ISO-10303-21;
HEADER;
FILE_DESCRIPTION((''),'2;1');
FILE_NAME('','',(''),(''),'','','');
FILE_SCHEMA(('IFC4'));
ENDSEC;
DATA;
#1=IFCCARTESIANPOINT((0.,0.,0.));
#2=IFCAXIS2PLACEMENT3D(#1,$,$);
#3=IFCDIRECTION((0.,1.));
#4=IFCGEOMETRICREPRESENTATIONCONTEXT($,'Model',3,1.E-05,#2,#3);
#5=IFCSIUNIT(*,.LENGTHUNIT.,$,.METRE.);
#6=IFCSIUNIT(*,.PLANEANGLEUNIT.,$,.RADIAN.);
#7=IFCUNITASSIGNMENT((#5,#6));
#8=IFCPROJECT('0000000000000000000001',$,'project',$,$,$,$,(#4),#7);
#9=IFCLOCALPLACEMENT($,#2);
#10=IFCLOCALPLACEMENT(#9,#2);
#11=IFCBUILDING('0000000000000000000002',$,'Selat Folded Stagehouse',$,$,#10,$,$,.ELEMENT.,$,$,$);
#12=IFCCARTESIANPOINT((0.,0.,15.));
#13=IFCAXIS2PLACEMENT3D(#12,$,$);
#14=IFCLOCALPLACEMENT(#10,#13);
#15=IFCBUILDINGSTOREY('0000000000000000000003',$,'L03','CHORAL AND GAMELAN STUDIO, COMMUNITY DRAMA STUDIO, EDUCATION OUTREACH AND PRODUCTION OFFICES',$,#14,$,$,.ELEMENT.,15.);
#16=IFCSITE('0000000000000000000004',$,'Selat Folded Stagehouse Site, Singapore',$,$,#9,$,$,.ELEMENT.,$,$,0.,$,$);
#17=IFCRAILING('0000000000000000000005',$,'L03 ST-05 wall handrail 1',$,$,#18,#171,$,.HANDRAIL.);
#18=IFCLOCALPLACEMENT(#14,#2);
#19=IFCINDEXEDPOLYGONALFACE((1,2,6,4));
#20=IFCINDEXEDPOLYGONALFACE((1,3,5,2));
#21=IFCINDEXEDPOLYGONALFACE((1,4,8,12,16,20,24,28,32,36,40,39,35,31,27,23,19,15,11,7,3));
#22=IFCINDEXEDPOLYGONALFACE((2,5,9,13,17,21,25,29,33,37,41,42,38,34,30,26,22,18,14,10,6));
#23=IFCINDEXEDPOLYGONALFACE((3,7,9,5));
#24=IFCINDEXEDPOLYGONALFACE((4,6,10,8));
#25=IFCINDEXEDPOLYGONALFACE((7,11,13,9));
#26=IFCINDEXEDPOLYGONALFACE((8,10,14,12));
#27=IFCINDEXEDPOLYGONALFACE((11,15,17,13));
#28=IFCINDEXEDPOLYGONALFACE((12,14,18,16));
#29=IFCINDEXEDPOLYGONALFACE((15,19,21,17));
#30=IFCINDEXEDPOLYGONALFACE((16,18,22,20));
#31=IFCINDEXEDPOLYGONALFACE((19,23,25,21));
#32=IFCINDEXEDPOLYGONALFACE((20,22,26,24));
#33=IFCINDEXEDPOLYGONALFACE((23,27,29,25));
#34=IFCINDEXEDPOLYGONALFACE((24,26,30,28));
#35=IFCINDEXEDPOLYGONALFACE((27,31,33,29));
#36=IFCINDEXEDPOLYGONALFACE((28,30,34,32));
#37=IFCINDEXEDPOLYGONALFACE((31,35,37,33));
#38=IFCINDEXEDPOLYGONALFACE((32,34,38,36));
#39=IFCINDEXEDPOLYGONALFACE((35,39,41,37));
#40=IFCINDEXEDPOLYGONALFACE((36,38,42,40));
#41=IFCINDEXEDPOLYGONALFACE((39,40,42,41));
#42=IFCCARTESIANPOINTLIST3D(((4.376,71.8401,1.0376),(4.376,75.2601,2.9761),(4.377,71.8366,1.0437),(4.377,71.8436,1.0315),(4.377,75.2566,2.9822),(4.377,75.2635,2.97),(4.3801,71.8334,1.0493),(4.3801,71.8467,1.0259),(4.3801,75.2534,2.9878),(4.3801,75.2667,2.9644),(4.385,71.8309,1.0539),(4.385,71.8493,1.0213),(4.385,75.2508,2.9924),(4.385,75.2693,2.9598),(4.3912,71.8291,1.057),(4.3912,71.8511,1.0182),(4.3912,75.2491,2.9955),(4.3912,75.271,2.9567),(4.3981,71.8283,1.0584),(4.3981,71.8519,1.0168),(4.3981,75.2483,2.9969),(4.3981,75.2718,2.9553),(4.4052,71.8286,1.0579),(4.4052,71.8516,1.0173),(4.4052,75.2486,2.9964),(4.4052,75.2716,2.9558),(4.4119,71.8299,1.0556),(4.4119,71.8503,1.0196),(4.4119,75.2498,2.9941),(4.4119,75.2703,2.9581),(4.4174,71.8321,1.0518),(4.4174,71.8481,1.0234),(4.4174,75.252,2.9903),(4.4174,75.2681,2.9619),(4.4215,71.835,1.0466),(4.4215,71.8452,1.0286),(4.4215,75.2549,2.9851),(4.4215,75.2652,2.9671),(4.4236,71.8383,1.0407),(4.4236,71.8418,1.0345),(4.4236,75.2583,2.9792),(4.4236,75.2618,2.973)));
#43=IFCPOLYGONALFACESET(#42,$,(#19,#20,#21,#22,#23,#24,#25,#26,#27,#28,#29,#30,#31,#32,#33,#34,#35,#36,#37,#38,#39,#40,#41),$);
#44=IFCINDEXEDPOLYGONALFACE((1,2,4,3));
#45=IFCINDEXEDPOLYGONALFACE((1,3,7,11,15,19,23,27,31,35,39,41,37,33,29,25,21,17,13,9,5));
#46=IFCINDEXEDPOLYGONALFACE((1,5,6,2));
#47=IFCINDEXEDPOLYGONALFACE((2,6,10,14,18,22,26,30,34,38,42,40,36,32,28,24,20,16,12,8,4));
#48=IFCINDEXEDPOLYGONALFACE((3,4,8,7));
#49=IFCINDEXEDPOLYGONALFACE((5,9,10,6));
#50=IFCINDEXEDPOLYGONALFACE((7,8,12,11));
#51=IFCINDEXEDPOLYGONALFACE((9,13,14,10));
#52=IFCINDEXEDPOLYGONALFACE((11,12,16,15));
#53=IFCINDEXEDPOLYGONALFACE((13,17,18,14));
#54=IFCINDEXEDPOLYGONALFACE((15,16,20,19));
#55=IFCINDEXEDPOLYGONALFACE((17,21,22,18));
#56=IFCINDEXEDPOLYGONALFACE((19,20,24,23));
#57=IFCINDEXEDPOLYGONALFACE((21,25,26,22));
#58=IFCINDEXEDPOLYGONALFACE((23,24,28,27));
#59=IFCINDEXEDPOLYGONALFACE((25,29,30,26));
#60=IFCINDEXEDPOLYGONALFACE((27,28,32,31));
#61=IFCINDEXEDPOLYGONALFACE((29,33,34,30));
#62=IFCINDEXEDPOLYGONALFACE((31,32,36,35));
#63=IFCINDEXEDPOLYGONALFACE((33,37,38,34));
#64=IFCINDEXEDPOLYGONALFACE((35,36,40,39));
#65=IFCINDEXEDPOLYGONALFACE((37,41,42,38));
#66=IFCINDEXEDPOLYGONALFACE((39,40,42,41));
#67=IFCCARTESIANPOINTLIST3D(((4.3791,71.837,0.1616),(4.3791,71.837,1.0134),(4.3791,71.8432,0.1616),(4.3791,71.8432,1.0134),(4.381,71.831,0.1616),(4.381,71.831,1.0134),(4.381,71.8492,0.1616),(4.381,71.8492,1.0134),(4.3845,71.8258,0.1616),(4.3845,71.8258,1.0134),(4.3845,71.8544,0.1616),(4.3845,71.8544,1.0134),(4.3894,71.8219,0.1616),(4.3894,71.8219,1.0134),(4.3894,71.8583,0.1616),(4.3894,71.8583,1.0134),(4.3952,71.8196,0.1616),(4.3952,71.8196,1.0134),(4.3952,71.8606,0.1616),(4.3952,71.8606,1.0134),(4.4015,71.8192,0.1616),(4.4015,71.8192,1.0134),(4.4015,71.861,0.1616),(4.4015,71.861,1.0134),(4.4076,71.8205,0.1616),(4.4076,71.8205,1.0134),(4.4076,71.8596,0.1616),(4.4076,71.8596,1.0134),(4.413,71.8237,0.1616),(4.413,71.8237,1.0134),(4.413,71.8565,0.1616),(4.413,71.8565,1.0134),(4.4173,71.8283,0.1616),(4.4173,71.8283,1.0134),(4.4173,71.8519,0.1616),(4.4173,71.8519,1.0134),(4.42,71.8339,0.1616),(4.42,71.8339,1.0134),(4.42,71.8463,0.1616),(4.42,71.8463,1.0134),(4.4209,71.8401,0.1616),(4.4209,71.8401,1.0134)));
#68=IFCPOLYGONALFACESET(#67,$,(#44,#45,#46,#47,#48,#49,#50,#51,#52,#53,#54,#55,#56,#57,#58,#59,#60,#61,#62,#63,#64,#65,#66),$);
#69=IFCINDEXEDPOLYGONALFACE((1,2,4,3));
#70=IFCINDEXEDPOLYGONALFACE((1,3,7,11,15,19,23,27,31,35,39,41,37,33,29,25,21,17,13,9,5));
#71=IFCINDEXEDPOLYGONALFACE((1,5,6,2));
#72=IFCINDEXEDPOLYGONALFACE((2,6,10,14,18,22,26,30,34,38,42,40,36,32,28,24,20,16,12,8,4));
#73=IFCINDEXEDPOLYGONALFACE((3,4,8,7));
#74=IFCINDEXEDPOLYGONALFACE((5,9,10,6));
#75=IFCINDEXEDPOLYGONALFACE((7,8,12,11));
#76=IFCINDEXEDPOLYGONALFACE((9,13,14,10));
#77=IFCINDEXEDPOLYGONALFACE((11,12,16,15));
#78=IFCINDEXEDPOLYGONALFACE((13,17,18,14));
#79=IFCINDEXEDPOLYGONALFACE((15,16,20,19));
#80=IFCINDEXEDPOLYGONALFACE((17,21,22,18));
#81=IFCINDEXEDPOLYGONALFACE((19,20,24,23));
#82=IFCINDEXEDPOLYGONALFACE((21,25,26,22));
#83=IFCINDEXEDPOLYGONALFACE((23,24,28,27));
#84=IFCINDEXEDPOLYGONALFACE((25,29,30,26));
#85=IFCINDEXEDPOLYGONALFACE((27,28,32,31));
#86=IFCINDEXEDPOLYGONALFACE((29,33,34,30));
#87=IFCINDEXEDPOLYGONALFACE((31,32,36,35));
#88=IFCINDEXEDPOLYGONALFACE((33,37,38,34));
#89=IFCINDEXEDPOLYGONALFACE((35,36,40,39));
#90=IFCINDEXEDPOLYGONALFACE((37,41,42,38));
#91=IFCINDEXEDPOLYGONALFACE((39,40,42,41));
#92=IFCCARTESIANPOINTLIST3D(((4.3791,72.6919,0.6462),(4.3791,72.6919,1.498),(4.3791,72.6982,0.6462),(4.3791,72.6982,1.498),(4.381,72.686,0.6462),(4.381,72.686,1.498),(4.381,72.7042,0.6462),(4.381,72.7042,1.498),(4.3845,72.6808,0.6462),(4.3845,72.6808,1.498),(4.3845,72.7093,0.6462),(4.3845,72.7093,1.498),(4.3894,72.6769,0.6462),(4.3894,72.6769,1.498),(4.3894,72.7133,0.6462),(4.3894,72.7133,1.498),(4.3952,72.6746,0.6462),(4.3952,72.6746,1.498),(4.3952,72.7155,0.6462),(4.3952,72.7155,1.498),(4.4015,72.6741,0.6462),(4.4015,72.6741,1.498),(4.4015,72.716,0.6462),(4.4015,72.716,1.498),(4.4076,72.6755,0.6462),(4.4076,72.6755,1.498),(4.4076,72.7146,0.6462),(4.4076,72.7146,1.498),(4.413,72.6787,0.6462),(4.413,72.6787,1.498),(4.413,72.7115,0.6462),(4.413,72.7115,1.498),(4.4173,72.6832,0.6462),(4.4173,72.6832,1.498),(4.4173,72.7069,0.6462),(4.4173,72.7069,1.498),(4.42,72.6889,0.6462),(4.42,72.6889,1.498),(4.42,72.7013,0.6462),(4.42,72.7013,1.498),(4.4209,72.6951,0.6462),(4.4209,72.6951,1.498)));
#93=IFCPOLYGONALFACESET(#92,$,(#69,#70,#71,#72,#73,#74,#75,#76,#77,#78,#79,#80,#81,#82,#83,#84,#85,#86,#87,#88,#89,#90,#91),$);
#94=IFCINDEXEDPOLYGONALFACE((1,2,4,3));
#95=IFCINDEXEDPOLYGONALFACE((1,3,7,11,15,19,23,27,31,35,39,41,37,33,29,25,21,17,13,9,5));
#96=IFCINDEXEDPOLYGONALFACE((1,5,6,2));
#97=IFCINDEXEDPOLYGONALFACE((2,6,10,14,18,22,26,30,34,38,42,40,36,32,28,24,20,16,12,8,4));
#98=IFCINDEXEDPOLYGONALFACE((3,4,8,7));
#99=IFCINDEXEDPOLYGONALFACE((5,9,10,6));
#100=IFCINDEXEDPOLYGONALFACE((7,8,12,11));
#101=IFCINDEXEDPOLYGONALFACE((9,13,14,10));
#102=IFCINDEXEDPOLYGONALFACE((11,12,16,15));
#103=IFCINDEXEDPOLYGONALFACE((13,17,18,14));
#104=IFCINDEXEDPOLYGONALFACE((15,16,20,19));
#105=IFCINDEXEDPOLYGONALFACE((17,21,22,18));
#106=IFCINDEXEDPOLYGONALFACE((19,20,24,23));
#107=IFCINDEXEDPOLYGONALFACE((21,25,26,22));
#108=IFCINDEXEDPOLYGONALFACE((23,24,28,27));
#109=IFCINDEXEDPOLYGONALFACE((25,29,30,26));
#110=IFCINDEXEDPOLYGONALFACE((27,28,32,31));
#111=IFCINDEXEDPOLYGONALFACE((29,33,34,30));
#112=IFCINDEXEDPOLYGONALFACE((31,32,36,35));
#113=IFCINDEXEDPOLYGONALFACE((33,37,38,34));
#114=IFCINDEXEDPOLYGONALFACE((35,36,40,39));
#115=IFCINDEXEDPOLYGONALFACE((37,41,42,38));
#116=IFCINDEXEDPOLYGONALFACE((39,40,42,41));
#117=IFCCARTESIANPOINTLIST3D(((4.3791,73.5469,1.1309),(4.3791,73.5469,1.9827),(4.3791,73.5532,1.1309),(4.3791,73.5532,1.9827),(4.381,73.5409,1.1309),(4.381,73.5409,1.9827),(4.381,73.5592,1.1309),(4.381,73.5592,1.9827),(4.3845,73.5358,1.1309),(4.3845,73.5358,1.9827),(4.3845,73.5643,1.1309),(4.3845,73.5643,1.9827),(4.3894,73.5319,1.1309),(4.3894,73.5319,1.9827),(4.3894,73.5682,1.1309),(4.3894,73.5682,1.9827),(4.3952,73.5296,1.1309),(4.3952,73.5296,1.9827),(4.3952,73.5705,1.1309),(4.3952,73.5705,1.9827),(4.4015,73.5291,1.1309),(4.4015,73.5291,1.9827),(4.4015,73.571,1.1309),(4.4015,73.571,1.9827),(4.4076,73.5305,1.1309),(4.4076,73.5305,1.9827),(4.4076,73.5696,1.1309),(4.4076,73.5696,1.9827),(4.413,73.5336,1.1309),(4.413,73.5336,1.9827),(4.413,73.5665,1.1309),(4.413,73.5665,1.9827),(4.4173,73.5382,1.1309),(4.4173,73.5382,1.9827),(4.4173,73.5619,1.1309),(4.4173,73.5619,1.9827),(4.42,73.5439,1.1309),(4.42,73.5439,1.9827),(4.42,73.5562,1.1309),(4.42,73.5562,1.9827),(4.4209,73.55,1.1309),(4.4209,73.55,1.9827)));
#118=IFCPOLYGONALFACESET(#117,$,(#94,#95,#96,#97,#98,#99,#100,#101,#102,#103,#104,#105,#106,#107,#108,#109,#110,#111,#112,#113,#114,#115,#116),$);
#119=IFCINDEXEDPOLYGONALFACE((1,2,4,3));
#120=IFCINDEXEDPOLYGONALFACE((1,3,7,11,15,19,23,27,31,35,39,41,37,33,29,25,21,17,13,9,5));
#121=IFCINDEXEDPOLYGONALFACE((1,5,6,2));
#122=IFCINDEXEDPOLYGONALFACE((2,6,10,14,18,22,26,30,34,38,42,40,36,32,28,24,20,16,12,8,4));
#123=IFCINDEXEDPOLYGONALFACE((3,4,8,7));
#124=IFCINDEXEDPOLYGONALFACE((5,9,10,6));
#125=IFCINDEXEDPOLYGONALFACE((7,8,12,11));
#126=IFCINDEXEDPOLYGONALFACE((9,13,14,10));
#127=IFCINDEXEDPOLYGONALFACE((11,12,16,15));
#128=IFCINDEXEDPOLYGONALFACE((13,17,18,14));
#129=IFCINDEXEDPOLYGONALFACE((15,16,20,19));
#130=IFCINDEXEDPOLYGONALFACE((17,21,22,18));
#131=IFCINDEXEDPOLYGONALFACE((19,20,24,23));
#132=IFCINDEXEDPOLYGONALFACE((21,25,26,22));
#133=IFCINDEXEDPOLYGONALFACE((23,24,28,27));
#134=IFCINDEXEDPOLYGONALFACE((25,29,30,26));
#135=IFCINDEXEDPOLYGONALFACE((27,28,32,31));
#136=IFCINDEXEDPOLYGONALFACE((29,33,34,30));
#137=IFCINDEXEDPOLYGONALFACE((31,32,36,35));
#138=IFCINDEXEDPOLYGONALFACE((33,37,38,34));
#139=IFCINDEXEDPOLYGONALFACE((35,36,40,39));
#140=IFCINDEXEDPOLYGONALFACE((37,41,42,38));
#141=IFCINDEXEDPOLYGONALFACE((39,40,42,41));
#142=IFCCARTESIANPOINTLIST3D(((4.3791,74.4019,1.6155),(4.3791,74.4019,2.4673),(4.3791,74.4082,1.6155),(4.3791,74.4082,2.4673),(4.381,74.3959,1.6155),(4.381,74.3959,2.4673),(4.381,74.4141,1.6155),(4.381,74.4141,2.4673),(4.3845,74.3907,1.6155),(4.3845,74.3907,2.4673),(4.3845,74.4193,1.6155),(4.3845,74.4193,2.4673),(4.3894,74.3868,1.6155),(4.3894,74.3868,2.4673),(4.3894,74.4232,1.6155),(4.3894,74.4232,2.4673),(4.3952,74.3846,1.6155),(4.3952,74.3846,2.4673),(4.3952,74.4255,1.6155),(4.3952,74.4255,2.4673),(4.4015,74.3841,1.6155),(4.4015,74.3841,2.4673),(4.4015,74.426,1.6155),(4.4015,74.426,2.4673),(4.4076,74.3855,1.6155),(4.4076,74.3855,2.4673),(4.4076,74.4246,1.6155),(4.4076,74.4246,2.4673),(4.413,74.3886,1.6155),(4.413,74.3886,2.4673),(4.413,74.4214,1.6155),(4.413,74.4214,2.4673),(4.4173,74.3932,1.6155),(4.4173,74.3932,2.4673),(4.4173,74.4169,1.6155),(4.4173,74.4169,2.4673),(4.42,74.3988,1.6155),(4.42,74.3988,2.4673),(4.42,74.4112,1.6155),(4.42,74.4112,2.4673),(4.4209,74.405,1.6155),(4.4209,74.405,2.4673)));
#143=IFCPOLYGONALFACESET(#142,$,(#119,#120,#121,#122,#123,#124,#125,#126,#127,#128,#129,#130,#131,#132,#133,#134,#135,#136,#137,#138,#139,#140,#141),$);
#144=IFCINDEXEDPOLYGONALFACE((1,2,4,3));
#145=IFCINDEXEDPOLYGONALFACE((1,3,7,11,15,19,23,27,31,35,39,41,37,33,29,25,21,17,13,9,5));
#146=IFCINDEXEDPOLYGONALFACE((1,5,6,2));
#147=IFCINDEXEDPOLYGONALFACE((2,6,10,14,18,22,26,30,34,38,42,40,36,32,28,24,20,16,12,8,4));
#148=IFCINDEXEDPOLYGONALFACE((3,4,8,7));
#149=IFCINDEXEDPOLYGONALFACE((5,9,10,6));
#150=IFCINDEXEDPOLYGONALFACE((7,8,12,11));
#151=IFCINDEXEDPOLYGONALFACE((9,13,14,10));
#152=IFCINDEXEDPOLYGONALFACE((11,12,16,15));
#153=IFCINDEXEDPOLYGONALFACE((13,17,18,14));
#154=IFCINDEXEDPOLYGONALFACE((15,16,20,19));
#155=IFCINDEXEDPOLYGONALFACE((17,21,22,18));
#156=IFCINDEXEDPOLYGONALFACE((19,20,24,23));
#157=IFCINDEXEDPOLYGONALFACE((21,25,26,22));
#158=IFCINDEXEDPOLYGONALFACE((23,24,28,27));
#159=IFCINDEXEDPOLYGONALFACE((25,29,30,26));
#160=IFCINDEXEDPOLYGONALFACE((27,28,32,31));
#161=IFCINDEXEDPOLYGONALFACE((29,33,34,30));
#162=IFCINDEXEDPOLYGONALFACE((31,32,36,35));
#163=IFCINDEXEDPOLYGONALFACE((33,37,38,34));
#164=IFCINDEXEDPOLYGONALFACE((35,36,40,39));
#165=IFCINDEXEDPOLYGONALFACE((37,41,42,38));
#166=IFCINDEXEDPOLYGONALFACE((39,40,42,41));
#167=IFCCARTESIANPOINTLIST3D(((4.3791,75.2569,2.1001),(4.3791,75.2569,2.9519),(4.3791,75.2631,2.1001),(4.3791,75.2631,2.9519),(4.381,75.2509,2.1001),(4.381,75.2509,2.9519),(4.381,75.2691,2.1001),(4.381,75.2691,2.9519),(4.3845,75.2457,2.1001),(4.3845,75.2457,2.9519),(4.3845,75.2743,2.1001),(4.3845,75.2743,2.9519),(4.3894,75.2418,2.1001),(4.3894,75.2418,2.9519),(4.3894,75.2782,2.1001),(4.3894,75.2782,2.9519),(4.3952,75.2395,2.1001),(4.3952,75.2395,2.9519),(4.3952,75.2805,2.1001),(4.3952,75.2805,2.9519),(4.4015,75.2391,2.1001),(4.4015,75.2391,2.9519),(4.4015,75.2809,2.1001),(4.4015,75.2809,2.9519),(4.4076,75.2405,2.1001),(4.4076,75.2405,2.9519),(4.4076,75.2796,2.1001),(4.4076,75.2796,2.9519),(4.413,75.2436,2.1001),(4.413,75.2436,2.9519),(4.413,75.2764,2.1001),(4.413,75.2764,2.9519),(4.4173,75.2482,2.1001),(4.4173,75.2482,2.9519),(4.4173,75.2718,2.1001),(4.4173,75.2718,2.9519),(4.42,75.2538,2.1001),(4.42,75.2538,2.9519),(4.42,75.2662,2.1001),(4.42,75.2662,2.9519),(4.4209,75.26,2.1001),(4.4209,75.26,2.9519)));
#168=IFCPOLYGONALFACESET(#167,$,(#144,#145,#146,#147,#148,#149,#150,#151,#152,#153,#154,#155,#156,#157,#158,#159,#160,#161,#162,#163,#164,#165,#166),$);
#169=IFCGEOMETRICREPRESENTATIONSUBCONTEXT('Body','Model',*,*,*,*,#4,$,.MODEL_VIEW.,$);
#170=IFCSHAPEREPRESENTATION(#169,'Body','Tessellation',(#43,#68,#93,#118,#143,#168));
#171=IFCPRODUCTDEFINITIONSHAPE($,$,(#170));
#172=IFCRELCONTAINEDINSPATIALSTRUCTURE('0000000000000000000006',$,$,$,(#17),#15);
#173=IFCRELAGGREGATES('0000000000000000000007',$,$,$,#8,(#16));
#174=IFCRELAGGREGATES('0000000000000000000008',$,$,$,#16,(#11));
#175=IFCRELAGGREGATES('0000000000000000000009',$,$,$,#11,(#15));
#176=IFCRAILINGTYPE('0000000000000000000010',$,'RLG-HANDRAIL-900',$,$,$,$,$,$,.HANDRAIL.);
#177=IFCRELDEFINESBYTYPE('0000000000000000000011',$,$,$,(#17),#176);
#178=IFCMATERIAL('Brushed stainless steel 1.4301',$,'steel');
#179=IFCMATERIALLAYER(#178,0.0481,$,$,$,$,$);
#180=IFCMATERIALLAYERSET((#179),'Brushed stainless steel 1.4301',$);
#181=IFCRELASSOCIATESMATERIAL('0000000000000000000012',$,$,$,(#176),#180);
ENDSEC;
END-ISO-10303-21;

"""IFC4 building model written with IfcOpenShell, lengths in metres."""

from ifc_helpers import new_model, si_unit, direction, frame, origin, origin_2d, place, context, subcontext, project, spatial, circle, extrude, material, layer, layer_set, type_object, element, save


model = new_model("IFC4")

# Units and contexts
model_context = context("Model", 3, precision=1e-05, world=origin(), true_north=direction((0.0, 1.0)))
body_context = subcontext(model_context, "Body", "Model", "MODEL_VIEW")
ifc_project = project(units=[si_unit("LENGTHUNIT", "METRE"), si_unit("PLANEANGLEUNIT", "RADIAN")], contexts=[model_context])

# Site, building, storey
site_placement = place(None, origin())
site = spatial("IfcSite", under=ifc_project, at=site_placement, Name="Selat Folded Stagehouse Site, Singapore", CompositionType="ELEMENT", RefElevation=0.0)
building_placement = place(site_placement, origin())
building = spatial("IfcBuilding", under=site, at=building_placement, Name="Selat Folded Stagehouse", CompositionType="ELEMENT")
storey_placement = place(building_placement, frame((0.0, 0.0, 15.0)))
storey = spatial("IfcBuildingStorey", under=building, at=storey_placement, Name="L03", Description="CHORAL AND GAMELAN STUDIO, COMMUNITY DRAMA STUDIO, EDUCATION OUTREACH AND PRODUCTION OFFICES", CompositionType="ELEMENT", Elevation=15.0)

# Railing
ifc_material_1 = material(Name="Brushed stainless steel 1.4301", Category="steel")
ifc_layer_1 = layer(ifc_material_1, 0.0481)
ifc_layer_set_1 = layer_set([ifc_layer_1], Name="Brushed stainless steel 1.4301")
railing_type_1 = type_object("IfcRailingType", Name="RLG-HANDRAIL-900", PredefinedType="HANDRAIL", material=ifc_layer_set_1)
railing_1_placement = place(storey_placement, frame((4.3999, 71.8401, 0.1616)))
element("IfcRailing", 1, at=railing_1_placement, inside=storey, type_object=railing_type_1, Name="L03 ST-05 wall handrail 1", PredefinedType="HANDRAIL", context=body_context, shape_type="SweptSolid", body=[
    extrude(circle(Radius=0.0239, at=origin_2d()), frame((0.0, 0.0, 0.876), z_axis=(0.0, 0.869965, 0.493113), x_axis=(-1.0, 0.0, 0.0)), (0.0, 0.0, 1.0), 3.9312),
    extrude(circle(Radius=0.021, at=origin_2d()), origin(), (0.0, 0.0, 1.0), 0.8518),
    extrude(circle(Radius=0.021, at=origin_2d()), frame((0.0, 0.855, 0.4846)), (0.0, 0.0, 1.0), 0.8518),
    extrude(circle(Radius=0.021, at=origin_2d()), frame((0.0, 1.71, 0.9692)), (0.0, 0.0, 1.0), 0.8518),
    extrude(circle(Radius=0.021, at=origin_2d()), frame((0.0, 2.5649, 1.4539)), (0.0, 0.0, 1.0), 0.8518),
    extrude(circle(Radius=0.021, at=origin_2d()), frame((0.0, 3.4199, 1.9385)), (0.0, 0.0, 1.0), 0.8518),
])

save(model, "model.ifc")
